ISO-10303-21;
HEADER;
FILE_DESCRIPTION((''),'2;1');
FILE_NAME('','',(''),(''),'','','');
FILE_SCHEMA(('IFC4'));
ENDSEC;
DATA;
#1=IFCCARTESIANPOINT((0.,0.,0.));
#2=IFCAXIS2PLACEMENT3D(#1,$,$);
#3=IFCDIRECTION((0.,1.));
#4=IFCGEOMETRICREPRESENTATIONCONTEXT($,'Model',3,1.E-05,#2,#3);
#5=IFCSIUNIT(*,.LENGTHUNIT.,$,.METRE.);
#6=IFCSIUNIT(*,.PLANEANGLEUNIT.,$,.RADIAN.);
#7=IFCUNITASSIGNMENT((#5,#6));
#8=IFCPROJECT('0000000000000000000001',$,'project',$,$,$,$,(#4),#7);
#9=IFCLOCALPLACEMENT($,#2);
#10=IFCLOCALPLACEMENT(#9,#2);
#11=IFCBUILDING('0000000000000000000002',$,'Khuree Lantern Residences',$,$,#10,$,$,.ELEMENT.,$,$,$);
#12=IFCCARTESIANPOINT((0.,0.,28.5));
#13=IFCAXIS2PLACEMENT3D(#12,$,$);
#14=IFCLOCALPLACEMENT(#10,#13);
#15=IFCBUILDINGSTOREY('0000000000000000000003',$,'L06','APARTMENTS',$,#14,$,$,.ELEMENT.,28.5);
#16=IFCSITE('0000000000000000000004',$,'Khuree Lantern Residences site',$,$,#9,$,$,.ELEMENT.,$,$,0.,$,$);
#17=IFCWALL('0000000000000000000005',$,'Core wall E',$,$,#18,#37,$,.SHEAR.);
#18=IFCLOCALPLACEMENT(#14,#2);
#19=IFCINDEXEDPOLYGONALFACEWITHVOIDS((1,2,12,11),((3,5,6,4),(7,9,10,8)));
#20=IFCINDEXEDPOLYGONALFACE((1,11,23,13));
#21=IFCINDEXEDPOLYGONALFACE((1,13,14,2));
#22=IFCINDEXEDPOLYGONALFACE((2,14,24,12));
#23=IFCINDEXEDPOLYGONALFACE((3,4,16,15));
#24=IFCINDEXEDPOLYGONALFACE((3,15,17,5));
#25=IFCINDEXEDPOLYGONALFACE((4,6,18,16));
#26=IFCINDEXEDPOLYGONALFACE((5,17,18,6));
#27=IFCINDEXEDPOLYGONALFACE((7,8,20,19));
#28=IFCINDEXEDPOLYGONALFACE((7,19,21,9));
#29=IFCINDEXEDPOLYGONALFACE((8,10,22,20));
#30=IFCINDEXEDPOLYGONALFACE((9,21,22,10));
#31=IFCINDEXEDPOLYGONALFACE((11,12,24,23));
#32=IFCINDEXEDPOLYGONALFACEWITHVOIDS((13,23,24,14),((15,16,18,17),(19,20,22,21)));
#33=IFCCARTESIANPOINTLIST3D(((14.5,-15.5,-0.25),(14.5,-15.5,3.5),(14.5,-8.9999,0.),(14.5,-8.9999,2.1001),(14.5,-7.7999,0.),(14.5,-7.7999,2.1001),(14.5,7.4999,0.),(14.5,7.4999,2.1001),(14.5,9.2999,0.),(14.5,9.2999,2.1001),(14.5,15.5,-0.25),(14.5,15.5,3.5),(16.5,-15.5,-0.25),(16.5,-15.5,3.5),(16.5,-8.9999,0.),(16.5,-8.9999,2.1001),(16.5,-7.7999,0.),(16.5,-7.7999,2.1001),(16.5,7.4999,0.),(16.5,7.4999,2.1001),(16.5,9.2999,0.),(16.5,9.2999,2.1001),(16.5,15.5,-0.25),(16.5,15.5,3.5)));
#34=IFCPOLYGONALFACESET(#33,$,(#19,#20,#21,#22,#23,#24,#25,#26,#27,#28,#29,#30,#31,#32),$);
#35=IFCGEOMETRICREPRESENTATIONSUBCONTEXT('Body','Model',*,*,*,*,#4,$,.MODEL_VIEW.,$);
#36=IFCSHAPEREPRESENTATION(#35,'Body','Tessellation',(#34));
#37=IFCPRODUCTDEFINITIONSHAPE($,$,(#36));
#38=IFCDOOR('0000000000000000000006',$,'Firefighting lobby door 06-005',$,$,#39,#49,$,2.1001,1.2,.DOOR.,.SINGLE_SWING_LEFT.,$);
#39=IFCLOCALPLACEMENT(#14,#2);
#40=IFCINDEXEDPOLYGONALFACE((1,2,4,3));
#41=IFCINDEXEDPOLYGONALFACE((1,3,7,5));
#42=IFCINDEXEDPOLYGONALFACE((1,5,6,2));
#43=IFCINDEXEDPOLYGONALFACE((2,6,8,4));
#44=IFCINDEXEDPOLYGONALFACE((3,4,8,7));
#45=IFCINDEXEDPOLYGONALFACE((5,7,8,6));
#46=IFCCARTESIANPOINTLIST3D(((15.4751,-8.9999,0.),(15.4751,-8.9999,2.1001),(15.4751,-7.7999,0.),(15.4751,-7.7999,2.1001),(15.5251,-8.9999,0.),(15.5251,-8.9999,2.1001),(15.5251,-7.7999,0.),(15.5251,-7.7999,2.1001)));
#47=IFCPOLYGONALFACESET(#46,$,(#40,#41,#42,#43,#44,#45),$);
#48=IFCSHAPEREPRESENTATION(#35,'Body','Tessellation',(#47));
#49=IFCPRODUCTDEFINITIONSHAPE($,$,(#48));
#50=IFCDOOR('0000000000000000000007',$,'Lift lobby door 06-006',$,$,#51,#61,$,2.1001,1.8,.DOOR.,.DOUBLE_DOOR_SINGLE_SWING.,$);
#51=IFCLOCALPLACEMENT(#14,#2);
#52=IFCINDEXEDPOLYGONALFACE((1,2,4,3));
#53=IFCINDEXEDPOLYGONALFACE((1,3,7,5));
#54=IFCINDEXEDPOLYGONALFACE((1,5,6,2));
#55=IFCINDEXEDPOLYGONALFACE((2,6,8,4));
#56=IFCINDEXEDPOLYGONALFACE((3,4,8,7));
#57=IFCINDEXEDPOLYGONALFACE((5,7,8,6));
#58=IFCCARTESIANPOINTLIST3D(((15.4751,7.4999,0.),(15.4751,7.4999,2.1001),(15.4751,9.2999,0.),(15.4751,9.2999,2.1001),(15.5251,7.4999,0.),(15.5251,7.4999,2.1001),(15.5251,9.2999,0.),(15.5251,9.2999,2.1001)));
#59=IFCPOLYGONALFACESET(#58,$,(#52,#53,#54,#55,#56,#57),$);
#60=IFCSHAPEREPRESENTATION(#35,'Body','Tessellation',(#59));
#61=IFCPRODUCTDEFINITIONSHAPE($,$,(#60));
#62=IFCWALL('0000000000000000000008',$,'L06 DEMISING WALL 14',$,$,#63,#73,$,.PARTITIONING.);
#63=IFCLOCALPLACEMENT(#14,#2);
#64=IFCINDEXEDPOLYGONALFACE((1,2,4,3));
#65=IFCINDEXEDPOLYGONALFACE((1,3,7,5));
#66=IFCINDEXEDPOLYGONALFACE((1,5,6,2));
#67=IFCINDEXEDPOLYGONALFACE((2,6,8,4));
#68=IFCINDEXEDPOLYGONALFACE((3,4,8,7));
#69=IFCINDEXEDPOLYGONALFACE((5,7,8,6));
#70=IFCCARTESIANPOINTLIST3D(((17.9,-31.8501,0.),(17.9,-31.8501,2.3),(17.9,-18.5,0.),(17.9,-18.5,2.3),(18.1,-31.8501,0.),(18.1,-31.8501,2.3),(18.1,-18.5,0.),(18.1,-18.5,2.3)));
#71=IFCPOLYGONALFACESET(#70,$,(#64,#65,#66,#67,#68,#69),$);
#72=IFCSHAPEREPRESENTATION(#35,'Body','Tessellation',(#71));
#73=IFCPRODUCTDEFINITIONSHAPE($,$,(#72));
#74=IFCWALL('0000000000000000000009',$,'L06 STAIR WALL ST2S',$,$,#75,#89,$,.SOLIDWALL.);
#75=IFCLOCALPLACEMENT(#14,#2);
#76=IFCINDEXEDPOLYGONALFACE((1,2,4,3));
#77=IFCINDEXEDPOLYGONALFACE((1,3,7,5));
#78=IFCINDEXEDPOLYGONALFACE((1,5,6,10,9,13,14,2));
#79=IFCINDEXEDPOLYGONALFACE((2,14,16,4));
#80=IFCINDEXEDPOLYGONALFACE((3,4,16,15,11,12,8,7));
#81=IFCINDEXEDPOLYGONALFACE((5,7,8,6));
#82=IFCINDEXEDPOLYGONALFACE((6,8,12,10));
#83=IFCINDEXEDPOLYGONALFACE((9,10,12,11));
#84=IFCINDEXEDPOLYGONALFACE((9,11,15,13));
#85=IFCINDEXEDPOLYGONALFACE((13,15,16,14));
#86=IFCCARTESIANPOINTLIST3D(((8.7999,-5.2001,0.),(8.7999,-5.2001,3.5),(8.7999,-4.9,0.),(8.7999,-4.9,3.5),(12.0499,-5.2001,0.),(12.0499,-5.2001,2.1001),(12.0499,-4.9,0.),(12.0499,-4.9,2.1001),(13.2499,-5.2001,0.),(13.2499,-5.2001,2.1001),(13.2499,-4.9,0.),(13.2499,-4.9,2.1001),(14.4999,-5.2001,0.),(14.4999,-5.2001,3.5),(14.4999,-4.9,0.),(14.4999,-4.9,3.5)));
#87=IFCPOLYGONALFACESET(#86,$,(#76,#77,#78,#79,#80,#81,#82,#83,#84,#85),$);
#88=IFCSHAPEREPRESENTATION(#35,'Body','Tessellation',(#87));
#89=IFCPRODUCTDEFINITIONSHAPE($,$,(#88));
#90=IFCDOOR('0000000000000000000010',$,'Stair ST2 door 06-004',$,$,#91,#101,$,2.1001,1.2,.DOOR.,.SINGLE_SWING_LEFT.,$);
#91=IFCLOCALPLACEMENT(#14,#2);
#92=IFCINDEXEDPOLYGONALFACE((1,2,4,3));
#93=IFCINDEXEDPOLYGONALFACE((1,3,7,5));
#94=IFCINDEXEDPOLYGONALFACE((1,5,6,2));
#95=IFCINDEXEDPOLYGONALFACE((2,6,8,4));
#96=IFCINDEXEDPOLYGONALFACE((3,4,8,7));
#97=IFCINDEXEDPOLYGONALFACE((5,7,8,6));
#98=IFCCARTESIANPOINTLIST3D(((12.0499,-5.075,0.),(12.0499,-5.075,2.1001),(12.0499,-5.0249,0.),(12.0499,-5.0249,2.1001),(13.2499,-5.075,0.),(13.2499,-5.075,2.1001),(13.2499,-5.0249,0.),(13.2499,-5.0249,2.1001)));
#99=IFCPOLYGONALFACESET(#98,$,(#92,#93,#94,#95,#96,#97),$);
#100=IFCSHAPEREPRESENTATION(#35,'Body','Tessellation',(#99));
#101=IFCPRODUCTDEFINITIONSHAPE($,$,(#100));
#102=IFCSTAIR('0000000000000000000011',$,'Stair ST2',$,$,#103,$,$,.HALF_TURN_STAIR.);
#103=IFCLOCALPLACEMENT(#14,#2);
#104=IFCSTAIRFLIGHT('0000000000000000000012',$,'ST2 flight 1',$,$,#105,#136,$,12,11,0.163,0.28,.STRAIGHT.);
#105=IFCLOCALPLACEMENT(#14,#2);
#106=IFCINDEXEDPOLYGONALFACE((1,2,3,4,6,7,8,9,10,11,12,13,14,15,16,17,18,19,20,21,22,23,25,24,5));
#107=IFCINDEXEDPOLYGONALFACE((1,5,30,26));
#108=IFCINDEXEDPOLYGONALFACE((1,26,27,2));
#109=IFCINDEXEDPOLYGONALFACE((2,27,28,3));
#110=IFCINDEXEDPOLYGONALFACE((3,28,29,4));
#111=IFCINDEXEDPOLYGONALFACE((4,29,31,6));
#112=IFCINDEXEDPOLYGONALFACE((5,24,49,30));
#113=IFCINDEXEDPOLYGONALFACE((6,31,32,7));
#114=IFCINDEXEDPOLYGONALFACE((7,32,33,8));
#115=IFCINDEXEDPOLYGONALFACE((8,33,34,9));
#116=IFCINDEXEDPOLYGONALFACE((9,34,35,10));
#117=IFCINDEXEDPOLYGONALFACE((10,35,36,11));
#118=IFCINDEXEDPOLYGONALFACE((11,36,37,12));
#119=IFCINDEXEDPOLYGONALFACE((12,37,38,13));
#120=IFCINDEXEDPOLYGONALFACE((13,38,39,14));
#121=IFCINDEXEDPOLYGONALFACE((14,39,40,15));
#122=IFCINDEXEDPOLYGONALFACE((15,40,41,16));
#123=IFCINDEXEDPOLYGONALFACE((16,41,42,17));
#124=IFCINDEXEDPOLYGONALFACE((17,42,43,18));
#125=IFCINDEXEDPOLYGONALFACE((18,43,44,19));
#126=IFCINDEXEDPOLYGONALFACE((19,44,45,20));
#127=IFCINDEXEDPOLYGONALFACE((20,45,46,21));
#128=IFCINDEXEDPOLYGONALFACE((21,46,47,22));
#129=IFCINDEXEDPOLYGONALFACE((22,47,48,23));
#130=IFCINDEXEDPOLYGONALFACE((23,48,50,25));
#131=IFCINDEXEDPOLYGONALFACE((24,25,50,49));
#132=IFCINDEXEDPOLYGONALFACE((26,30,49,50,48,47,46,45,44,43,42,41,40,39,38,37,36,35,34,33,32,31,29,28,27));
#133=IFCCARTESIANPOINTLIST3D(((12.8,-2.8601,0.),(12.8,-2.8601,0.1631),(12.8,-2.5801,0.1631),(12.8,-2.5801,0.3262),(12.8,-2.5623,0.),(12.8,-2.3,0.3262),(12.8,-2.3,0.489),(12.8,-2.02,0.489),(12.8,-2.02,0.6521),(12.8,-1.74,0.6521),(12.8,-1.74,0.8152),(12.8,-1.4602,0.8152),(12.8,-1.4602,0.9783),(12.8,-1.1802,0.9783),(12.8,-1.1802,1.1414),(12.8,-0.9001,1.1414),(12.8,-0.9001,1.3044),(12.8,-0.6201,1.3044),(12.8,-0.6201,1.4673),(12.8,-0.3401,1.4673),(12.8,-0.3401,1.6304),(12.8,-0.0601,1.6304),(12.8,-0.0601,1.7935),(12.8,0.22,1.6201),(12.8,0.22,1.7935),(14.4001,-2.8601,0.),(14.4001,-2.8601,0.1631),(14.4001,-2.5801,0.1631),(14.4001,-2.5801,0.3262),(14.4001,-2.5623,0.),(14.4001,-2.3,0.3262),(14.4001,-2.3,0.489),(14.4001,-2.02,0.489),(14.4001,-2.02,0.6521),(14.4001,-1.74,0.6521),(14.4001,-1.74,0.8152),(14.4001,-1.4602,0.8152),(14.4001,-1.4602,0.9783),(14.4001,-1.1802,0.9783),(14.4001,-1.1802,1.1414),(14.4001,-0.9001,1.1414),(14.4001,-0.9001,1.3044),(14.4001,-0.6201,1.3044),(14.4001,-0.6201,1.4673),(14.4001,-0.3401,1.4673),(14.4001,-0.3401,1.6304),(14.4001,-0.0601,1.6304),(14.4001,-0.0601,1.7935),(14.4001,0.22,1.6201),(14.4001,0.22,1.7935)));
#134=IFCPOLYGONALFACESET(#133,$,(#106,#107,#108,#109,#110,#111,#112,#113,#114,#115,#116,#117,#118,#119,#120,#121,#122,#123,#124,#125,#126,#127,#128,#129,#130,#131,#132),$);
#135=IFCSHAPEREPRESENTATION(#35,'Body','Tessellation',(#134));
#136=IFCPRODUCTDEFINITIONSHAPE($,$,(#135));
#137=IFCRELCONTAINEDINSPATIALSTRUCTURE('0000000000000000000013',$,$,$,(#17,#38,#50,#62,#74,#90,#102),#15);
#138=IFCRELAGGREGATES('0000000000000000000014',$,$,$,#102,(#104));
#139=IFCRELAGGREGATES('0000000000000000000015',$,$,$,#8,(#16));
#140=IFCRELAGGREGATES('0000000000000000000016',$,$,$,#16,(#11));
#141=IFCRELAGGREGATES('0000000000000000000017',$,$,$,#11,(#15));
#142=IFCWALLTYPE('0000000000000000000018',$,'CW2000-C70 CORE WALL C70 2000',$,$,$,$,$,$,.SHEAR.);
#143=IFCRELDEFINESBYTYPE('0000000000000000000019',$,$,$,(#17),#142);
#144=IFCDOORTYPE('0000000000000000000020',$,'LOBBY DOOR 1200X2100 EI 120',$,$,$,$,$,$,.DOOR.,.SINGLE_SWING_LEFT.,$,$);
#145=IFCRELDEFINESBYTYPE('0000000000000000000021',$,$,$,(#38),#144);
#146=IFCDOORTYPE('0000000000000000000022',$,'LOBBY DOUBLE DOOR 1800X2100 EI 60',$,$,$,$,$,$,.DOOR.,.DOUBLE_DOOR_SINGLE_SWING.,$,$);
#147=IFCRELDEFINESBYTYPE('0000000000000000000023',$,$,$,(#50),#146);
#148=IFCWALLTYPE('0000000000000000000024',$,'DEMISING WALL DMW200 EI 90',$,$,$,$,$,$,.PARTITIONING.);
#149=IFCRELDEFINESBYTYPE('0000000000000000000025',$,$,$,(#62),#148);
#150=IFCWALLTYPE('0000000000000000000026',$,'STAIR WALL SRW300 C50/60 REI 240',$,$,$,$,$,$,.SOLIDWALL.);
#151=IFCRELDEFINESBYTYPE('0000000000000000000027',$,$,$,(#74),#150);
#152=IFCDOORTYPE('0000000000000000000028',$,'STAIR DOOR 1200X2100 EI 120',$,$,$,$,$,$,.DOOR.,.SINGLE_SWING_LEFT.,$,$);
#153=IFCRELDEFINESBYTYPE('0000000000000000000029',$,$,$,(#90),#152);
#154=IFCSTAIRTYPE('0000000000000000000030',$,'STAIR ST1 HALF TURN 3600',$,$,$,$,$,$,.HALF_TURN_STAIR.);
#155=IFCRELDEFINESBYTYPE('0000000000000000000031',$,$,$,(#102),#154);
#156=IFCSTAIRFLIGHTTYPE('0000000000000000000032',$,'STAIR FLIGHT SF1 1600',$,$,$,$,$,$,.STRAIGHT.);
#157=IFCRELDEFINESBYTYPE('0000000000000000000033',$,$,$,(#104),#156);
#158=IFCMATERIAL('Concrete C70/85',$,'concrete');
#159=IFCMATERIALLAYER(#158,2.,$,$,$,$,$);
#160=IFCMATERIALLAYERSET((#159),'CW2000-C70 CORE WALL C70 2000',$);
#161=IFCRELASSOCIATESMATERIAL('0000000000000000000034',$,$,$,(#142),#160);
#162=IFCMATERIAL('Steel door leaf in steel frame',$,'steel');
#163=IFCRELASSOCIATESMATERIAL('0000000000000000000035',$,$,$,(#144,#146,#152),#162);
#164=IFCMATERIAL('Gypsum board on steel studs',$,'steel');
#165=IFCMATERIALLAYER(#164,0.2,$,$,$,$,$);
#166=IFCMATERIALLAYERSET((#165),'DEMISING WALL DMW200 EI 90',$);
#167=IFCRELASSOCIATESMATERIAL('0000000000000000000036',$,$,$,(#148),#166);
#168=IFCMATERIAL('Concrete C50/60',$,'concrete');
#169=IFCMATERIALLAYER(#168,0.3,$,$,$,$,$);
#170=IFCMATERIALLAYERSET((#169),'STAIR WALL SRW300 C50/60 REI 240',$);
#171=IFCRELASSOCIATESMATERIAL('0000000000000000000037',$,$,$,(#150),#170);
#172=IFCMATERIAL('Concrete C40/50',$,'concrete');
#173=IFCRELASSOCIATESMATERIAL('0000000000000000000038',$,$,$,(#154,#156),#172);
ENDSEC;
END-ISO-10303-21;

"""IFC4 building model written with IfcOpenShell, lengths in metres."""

from ifc_helpers import new_model, si_unit, direction, frame, frame_2d, origin, place, context, subcontext, project, spatial, polyline, rectangle, outline, extrude, material, layer, layer_set, type_object, element, fill, aggregate, save


model = new_model("IFC4")

# Units and contexts
model_context = context("Model", 3, precision=1e-05, world=origin(), true_north=direction((0.0, 1.0)))
body_context = subcontext(model_context, "Body", "Model", "MODEL_VIEW")
ifc_project = project(units=[si_unit("LENGTHUNIT", "METRE"), si_unit("PLANEANGLEUNIT", "RADIAN")], contexts=[model_context])

# Site, building, storey
site_placement = place(None, origin())
site = spatial("IfcSite", under=ifc_project, at=site_placement, Name="Khuree Lantern Residences site", CompositionType="ELEMENT", RefElevation=0.0)
building_placement = place(site_placement, origin())
building = spatial("IfcBuilding", under=site, at=building_placement, Name="Khuree Lantern Residences", CompositionType="ELEMENT")
storey_placement = place(building_placement, frame((0.0, 0.0, 28.5)))
storey = spatial("IfcBuildingStorey", under=building, at=storey_placement, Name="L06", Description="APARTMENTS", CompositionType="ELEMENT", Elevation=28.5)

# Shared definitions
ifc_material_1 = material(Name="Concrete C70/85", Category="concrete")

# Shared definitions
ifc_material_2 = material(Name="Gypsum board on steel studs", Category="steel")

# Wall, openings, doors
ifc_layer_1 = layer(ifc_material_1, 2.0)
ifc_layer_set_1 = layer_set([ifc_layer_1], Name="CW2000-C70 CORE WALL C70 2000")
wall_type_1 = type_object("IfcWallType", Name="CW2000-C70 CORE WALL C70 2000", PredefinedType="SHEAR", material=ifc_layer_set_1)
wall_1_placement = place(storey_placement, frame((15.5, -15.5, -0.25), z_axis=(0.0, 0.0, 1.0), x_axis=(0.0, 1.0, 0.0)))
wall_1 = element("IfcWall", 1, at=wall_1_placement, inside=storey, type_object=wall_type_1, Name="Core wall E", PredefinedType="SHEAR", context=body_context, shape_type="SweptSolid", body=[
    extrude(rectangle(XDim=31.0, YDim=2.0, at=frame_2d((15.5, 0.0))), origin(), (0.0, 0.0, 1.0), 3.75),
])
opening_1_placement = place(wall_1_placement, frame((6.5, 0.0, 0.25)))
opening_1 = element("IfcOpeningElement", 2, at=opening_1_placement, cuts=wall_1, PredefinedType="OPENING", context=body_context, shape_type="SweptSolid", body=[
    extrude(rectangle(XDim=1.2, YDim=2.1001, at=frame_2d((0.6001, 1.05))), frame((0.0, 1.01, 0.0), z_axis=(0.0, -1.0, 0.0), x_axis=(1.0, 0.0, 0.0)), (0.0, 0.0, 1.0), 2.02),
])
opening_2_placement = place(wall_1_placement, frame((23.0, 0.0, 0.25)))
opening_2 = element("IfcOpeningElement", 3, at=opening_2_placement, cuts=wall_1, PredefinedType="OPENING", context=body_context, shape_type="SweptSolid", body=[
    extrude(rectangle(XDim=1.8, YDim=2.1001, at=frame_2d((0.8999, 1.05))), frame((0.0, 1.01, 0.0), z_axis=(0.0, -1.0, 0.0), x_axis=(1.0, 0.0, 0.0)), (0.0, 0.0, 1.0), 2.02),
])
ifc_material_3 = material(Name="Steel door leaf in steel frame", Category="steel")
door_type_1 = type_object("IfcDoorType", Name="LOBBY DOOR 1200X2100 EI 120", OperationType="SINGLE_SWING_LEFT", PredefinedType="DOOR", material=ifc_material_3)
door_1_placement = place(opening_1_placement, origin())
door_1 = element("IfcDoor", 4, at=door_1_placement, inside=storey, type_object=door_type_1, Name="Firefighting lobby door 06-005", OperationType="SINGLE_SWING_LEFT", OverallHeight=2.1001, OverallWidth=1.2, PredefinedType="DOOR", context=body_context, shape_type="SweptSolid", body=[
    extrude(rectangle(XDim=1.2, YDim=2.1001, at=frame_2d((0.6001, 1.05))), frame((0.0, 0.0249, 0.0), z_axis=(0.0, -1.0, 0.0), x_axis=(1.0, 0.0, 0.0)), (0.0, 0.0, 1.0), 0.05),
])
fill(opening_1, door_1)
door_type_2 = type_object("IfcDoorType", Name="LOBBY DOUBLE DOOR 1800X2100 EI 60", OperationType="DOUBLE_DOOR_SINGLE_SWING", PredefinedType="DOOR", material=ifc_material_3)
door_2_placement = place(opening_2_placement, origin())
door_2 = element("IfcDoor", 5, at=door_2_placement, inside=storey, type_object=door_type_2, Name="Lift lobby door 06-006", OperationType="DOUBLE_DOOR_SINGLE_SWING", OverallHeight=2.1001, OverallWidth=1.8, PredefinedType="DOOR", context=body_context, shape_type="SweptSolid", body=[
    extrude(rectangle(XDim=1.8, YDim=2.1001, at=frame_2d((0.8999, 1.05))), frame((0.0, 0.0249, 0.0), z_axis=(0.0, -1.0, 0.0), x_axis=(1.0, 0.0, 0.0)), (0.0, 0.0, 1.0), 0.05),
])
fill(opening_2, door_2)

# Wall
ifc_layer_2 = layer(ifc_material_2, 0.2)
ifc_layer_set_2 = layer_set([ifc_layer_2], Name="DEMISING WALL DMW200 EI 90")
wall_type_2 = type_object("IfcWallType", Name="DEMISING WALL DMW200 EI 90", PredefinedType="PARTITIONING", material=ifc_layer_set_2)
wall_2_placement = place(storey_placement, frame((18.0, -18.5, 0.0), z_axis=(0.0, 0.0, 1.0), x_axis=(0.0, -1.0, 0.0)))
element("IfcWall", 6, at=wall_2_placement, inside=storey, type_object=wall_type_2, Name="L06 DEMISING WALL 14", PredefinedType="PARTITIONING", context=body_context, shape_type="SweptSolid", body=[
    extrude(rectangle(XDim=13.3501, YDim=0.2, at=frame_2d((6.675, 0.0))), origin(), (0.0, 0.0, 1.0), 2.3),
])

# Wall, opening, door
ifc_material_4 = material(Name="Concrete C50/60", Category="concrete")
ifc_layer_3 = layer(ifc_material_4, 0.3)
ifc_layer_set_3 = layer_set([ifc_layer_3], Name="STAIR WALL SRW300 C50/60 REI 240")
wall_type_3 = type_object("IfcWallType", Name="STAIR WALL SRW300 C50/60 REI 240", PredefinedType="SOLIDWALL", material=ifc_layer_set_3)
wall_3_placement = place(storey_placement, frame((14.5, -5.05, 0.0), z_axis=(0.0, 0.0, 1.0), x_axis=(-1.0, 0.0, 0.0)))
wall_3 = element("IfcWall", 7, at=wall_3_placement, inside=storey, type_object=wall_type_3, Name="L06 STAIR WALL ST2S", PredefinedType="SOLIDWALL", context=body_context, shape_type="SweptSolid", body=[
    extrude(rectangle(XDim=5.7, YDim=0.3, at=frame_2d((2.8501, 0.0))), origin(), (0.0, 0.0, 1.0), 3.5),
])
opening_3_placement = place(wall_3_placement, frame((1.25, 0.0, 0.0)))
opening_3 = element("IfcOpeningElement", 8, at=opening_3_placement, cuts=wall_3, PredefinedType="OPENING", context=body_context, shape_type="SweptSolid", body=[
    extrude(rectangle(XDim=1.2, YDim=2.1001, at=frame_2d((0.6001, 1.05))), frame((0.0, 0.1602, 0.0), z_axis=(0.0, -1.0, 0.0), x_axis=(1.0, 0.0, 0.0)), (0.0, 0.0, 1.0), 0.3201),
])
door_type_3 = type_object("IfcDoorType", Name="STAIR DOOR 1200X2100 EI 120", OperationType="SINGLE_SWING_LEFT", PredefinedType="DOOR", material=ifc_material_3)
door_3_placement = place(opening_3_placement, origin())
door_3 = element("IfcDoor", 9, at=door_3_placement, inside=storey, type_object=door_type_3, Name="Stair ST2 door 06-004", OperationType="SINGLE_SWING_LEFT", OverallHeight=2.1001, OverallWidth=1.2, PredefinedType="DOOR", context=body_context, shape_type="SweptSolid", body=[
    extrude(rectangle(XDim=1.2, YDim=2.1001, at=frame_2d((0.6001, 1.05))), frame((0.0, 0.0249, 0.0), z_axis=(0.0, -1.0, 0.0), x_axis=(1.0, 0.0, 0.0)), (0.0, 0.0, 1.0), 0.05),
])
fill(opening_3, door_3)

# Stair, stair flight
ifc_material_5 = material(Name="Concrete C40/50", Category="concrete")
stair_type = type_object("IfcStairType", Name="STAIR ST1 HALF TURN 3600", PredefinedType="HALF_TURN_STAIR", material=ifc_material_5)
stair_placement = place(storey_placement, origin())
stair = element("IfcStair", 10, at=stair_placement, inside=storey, type_object=stair_type, Name="Stair ST2", PredefinedType="HALF_TURN_STAIR")
stair_flight_type = type_object("IfcStairFlightType", Name="STAIR FLIGHT SF1 1600", PredefinedType="STRAIGHT", material=ifc_material_5)
stair_flight_placement = place(storey_placement, frame((13.6001, -2.8601, 0.0), z_axis=(0.0, 0.0, 1.0), x_axis=(0.0, 1.0, 0.0)))
stair_flight = element("IfcStairFlight", 11, at=stair_flight_placement, type_object=stair_flight_type, Name="ST2 flight 1", NumberOfRisers=12, NumberOfTreads=11, PredefinedType="STRAIGHT", RiserHeight=0.163, TreadLength=0.28, context=body_context, shape_type="SweptSolid", body=[
    extrude(outline(polyline([(0.0, 0.0), (0.0, 0.1631), (0.28, 0.1631), (0.28, 0.3262), (0.5601, 0.3262), (0.5601, 0.489), (0.8401, 0.489), (0.8401, 0.6521), (1.1201, 0.6521), (1.1201, 0.8152), (1.3999, 0.8152), (1.3999, 0.9783), (1.6799, 0.9783), (1.6799, 1.1414), (1.96, 1.1414), (1.96, 1.3044), (2.24, 1.3044), (2.24, 1.4673), (2.52, 1.4673), (2.52, 1.6304), (2.8, 1.6304), (2.8, 1.7935), (3.0801, 1.7935), (3.0801, 1.9565), (3.0801, 1.6201), (0.2979, 0.0), (0.0, 0.0)])), frame((0.0, 0.8, 0.0), z_axis=(0.0, -1.0, 0.0), x_axis=(1.0, 0.0, 0.0)), (0.0, 0.0, 1.0), 1.6001),
])
aggregate(stair, [stair_flight])

save(model, "model.ifc")
